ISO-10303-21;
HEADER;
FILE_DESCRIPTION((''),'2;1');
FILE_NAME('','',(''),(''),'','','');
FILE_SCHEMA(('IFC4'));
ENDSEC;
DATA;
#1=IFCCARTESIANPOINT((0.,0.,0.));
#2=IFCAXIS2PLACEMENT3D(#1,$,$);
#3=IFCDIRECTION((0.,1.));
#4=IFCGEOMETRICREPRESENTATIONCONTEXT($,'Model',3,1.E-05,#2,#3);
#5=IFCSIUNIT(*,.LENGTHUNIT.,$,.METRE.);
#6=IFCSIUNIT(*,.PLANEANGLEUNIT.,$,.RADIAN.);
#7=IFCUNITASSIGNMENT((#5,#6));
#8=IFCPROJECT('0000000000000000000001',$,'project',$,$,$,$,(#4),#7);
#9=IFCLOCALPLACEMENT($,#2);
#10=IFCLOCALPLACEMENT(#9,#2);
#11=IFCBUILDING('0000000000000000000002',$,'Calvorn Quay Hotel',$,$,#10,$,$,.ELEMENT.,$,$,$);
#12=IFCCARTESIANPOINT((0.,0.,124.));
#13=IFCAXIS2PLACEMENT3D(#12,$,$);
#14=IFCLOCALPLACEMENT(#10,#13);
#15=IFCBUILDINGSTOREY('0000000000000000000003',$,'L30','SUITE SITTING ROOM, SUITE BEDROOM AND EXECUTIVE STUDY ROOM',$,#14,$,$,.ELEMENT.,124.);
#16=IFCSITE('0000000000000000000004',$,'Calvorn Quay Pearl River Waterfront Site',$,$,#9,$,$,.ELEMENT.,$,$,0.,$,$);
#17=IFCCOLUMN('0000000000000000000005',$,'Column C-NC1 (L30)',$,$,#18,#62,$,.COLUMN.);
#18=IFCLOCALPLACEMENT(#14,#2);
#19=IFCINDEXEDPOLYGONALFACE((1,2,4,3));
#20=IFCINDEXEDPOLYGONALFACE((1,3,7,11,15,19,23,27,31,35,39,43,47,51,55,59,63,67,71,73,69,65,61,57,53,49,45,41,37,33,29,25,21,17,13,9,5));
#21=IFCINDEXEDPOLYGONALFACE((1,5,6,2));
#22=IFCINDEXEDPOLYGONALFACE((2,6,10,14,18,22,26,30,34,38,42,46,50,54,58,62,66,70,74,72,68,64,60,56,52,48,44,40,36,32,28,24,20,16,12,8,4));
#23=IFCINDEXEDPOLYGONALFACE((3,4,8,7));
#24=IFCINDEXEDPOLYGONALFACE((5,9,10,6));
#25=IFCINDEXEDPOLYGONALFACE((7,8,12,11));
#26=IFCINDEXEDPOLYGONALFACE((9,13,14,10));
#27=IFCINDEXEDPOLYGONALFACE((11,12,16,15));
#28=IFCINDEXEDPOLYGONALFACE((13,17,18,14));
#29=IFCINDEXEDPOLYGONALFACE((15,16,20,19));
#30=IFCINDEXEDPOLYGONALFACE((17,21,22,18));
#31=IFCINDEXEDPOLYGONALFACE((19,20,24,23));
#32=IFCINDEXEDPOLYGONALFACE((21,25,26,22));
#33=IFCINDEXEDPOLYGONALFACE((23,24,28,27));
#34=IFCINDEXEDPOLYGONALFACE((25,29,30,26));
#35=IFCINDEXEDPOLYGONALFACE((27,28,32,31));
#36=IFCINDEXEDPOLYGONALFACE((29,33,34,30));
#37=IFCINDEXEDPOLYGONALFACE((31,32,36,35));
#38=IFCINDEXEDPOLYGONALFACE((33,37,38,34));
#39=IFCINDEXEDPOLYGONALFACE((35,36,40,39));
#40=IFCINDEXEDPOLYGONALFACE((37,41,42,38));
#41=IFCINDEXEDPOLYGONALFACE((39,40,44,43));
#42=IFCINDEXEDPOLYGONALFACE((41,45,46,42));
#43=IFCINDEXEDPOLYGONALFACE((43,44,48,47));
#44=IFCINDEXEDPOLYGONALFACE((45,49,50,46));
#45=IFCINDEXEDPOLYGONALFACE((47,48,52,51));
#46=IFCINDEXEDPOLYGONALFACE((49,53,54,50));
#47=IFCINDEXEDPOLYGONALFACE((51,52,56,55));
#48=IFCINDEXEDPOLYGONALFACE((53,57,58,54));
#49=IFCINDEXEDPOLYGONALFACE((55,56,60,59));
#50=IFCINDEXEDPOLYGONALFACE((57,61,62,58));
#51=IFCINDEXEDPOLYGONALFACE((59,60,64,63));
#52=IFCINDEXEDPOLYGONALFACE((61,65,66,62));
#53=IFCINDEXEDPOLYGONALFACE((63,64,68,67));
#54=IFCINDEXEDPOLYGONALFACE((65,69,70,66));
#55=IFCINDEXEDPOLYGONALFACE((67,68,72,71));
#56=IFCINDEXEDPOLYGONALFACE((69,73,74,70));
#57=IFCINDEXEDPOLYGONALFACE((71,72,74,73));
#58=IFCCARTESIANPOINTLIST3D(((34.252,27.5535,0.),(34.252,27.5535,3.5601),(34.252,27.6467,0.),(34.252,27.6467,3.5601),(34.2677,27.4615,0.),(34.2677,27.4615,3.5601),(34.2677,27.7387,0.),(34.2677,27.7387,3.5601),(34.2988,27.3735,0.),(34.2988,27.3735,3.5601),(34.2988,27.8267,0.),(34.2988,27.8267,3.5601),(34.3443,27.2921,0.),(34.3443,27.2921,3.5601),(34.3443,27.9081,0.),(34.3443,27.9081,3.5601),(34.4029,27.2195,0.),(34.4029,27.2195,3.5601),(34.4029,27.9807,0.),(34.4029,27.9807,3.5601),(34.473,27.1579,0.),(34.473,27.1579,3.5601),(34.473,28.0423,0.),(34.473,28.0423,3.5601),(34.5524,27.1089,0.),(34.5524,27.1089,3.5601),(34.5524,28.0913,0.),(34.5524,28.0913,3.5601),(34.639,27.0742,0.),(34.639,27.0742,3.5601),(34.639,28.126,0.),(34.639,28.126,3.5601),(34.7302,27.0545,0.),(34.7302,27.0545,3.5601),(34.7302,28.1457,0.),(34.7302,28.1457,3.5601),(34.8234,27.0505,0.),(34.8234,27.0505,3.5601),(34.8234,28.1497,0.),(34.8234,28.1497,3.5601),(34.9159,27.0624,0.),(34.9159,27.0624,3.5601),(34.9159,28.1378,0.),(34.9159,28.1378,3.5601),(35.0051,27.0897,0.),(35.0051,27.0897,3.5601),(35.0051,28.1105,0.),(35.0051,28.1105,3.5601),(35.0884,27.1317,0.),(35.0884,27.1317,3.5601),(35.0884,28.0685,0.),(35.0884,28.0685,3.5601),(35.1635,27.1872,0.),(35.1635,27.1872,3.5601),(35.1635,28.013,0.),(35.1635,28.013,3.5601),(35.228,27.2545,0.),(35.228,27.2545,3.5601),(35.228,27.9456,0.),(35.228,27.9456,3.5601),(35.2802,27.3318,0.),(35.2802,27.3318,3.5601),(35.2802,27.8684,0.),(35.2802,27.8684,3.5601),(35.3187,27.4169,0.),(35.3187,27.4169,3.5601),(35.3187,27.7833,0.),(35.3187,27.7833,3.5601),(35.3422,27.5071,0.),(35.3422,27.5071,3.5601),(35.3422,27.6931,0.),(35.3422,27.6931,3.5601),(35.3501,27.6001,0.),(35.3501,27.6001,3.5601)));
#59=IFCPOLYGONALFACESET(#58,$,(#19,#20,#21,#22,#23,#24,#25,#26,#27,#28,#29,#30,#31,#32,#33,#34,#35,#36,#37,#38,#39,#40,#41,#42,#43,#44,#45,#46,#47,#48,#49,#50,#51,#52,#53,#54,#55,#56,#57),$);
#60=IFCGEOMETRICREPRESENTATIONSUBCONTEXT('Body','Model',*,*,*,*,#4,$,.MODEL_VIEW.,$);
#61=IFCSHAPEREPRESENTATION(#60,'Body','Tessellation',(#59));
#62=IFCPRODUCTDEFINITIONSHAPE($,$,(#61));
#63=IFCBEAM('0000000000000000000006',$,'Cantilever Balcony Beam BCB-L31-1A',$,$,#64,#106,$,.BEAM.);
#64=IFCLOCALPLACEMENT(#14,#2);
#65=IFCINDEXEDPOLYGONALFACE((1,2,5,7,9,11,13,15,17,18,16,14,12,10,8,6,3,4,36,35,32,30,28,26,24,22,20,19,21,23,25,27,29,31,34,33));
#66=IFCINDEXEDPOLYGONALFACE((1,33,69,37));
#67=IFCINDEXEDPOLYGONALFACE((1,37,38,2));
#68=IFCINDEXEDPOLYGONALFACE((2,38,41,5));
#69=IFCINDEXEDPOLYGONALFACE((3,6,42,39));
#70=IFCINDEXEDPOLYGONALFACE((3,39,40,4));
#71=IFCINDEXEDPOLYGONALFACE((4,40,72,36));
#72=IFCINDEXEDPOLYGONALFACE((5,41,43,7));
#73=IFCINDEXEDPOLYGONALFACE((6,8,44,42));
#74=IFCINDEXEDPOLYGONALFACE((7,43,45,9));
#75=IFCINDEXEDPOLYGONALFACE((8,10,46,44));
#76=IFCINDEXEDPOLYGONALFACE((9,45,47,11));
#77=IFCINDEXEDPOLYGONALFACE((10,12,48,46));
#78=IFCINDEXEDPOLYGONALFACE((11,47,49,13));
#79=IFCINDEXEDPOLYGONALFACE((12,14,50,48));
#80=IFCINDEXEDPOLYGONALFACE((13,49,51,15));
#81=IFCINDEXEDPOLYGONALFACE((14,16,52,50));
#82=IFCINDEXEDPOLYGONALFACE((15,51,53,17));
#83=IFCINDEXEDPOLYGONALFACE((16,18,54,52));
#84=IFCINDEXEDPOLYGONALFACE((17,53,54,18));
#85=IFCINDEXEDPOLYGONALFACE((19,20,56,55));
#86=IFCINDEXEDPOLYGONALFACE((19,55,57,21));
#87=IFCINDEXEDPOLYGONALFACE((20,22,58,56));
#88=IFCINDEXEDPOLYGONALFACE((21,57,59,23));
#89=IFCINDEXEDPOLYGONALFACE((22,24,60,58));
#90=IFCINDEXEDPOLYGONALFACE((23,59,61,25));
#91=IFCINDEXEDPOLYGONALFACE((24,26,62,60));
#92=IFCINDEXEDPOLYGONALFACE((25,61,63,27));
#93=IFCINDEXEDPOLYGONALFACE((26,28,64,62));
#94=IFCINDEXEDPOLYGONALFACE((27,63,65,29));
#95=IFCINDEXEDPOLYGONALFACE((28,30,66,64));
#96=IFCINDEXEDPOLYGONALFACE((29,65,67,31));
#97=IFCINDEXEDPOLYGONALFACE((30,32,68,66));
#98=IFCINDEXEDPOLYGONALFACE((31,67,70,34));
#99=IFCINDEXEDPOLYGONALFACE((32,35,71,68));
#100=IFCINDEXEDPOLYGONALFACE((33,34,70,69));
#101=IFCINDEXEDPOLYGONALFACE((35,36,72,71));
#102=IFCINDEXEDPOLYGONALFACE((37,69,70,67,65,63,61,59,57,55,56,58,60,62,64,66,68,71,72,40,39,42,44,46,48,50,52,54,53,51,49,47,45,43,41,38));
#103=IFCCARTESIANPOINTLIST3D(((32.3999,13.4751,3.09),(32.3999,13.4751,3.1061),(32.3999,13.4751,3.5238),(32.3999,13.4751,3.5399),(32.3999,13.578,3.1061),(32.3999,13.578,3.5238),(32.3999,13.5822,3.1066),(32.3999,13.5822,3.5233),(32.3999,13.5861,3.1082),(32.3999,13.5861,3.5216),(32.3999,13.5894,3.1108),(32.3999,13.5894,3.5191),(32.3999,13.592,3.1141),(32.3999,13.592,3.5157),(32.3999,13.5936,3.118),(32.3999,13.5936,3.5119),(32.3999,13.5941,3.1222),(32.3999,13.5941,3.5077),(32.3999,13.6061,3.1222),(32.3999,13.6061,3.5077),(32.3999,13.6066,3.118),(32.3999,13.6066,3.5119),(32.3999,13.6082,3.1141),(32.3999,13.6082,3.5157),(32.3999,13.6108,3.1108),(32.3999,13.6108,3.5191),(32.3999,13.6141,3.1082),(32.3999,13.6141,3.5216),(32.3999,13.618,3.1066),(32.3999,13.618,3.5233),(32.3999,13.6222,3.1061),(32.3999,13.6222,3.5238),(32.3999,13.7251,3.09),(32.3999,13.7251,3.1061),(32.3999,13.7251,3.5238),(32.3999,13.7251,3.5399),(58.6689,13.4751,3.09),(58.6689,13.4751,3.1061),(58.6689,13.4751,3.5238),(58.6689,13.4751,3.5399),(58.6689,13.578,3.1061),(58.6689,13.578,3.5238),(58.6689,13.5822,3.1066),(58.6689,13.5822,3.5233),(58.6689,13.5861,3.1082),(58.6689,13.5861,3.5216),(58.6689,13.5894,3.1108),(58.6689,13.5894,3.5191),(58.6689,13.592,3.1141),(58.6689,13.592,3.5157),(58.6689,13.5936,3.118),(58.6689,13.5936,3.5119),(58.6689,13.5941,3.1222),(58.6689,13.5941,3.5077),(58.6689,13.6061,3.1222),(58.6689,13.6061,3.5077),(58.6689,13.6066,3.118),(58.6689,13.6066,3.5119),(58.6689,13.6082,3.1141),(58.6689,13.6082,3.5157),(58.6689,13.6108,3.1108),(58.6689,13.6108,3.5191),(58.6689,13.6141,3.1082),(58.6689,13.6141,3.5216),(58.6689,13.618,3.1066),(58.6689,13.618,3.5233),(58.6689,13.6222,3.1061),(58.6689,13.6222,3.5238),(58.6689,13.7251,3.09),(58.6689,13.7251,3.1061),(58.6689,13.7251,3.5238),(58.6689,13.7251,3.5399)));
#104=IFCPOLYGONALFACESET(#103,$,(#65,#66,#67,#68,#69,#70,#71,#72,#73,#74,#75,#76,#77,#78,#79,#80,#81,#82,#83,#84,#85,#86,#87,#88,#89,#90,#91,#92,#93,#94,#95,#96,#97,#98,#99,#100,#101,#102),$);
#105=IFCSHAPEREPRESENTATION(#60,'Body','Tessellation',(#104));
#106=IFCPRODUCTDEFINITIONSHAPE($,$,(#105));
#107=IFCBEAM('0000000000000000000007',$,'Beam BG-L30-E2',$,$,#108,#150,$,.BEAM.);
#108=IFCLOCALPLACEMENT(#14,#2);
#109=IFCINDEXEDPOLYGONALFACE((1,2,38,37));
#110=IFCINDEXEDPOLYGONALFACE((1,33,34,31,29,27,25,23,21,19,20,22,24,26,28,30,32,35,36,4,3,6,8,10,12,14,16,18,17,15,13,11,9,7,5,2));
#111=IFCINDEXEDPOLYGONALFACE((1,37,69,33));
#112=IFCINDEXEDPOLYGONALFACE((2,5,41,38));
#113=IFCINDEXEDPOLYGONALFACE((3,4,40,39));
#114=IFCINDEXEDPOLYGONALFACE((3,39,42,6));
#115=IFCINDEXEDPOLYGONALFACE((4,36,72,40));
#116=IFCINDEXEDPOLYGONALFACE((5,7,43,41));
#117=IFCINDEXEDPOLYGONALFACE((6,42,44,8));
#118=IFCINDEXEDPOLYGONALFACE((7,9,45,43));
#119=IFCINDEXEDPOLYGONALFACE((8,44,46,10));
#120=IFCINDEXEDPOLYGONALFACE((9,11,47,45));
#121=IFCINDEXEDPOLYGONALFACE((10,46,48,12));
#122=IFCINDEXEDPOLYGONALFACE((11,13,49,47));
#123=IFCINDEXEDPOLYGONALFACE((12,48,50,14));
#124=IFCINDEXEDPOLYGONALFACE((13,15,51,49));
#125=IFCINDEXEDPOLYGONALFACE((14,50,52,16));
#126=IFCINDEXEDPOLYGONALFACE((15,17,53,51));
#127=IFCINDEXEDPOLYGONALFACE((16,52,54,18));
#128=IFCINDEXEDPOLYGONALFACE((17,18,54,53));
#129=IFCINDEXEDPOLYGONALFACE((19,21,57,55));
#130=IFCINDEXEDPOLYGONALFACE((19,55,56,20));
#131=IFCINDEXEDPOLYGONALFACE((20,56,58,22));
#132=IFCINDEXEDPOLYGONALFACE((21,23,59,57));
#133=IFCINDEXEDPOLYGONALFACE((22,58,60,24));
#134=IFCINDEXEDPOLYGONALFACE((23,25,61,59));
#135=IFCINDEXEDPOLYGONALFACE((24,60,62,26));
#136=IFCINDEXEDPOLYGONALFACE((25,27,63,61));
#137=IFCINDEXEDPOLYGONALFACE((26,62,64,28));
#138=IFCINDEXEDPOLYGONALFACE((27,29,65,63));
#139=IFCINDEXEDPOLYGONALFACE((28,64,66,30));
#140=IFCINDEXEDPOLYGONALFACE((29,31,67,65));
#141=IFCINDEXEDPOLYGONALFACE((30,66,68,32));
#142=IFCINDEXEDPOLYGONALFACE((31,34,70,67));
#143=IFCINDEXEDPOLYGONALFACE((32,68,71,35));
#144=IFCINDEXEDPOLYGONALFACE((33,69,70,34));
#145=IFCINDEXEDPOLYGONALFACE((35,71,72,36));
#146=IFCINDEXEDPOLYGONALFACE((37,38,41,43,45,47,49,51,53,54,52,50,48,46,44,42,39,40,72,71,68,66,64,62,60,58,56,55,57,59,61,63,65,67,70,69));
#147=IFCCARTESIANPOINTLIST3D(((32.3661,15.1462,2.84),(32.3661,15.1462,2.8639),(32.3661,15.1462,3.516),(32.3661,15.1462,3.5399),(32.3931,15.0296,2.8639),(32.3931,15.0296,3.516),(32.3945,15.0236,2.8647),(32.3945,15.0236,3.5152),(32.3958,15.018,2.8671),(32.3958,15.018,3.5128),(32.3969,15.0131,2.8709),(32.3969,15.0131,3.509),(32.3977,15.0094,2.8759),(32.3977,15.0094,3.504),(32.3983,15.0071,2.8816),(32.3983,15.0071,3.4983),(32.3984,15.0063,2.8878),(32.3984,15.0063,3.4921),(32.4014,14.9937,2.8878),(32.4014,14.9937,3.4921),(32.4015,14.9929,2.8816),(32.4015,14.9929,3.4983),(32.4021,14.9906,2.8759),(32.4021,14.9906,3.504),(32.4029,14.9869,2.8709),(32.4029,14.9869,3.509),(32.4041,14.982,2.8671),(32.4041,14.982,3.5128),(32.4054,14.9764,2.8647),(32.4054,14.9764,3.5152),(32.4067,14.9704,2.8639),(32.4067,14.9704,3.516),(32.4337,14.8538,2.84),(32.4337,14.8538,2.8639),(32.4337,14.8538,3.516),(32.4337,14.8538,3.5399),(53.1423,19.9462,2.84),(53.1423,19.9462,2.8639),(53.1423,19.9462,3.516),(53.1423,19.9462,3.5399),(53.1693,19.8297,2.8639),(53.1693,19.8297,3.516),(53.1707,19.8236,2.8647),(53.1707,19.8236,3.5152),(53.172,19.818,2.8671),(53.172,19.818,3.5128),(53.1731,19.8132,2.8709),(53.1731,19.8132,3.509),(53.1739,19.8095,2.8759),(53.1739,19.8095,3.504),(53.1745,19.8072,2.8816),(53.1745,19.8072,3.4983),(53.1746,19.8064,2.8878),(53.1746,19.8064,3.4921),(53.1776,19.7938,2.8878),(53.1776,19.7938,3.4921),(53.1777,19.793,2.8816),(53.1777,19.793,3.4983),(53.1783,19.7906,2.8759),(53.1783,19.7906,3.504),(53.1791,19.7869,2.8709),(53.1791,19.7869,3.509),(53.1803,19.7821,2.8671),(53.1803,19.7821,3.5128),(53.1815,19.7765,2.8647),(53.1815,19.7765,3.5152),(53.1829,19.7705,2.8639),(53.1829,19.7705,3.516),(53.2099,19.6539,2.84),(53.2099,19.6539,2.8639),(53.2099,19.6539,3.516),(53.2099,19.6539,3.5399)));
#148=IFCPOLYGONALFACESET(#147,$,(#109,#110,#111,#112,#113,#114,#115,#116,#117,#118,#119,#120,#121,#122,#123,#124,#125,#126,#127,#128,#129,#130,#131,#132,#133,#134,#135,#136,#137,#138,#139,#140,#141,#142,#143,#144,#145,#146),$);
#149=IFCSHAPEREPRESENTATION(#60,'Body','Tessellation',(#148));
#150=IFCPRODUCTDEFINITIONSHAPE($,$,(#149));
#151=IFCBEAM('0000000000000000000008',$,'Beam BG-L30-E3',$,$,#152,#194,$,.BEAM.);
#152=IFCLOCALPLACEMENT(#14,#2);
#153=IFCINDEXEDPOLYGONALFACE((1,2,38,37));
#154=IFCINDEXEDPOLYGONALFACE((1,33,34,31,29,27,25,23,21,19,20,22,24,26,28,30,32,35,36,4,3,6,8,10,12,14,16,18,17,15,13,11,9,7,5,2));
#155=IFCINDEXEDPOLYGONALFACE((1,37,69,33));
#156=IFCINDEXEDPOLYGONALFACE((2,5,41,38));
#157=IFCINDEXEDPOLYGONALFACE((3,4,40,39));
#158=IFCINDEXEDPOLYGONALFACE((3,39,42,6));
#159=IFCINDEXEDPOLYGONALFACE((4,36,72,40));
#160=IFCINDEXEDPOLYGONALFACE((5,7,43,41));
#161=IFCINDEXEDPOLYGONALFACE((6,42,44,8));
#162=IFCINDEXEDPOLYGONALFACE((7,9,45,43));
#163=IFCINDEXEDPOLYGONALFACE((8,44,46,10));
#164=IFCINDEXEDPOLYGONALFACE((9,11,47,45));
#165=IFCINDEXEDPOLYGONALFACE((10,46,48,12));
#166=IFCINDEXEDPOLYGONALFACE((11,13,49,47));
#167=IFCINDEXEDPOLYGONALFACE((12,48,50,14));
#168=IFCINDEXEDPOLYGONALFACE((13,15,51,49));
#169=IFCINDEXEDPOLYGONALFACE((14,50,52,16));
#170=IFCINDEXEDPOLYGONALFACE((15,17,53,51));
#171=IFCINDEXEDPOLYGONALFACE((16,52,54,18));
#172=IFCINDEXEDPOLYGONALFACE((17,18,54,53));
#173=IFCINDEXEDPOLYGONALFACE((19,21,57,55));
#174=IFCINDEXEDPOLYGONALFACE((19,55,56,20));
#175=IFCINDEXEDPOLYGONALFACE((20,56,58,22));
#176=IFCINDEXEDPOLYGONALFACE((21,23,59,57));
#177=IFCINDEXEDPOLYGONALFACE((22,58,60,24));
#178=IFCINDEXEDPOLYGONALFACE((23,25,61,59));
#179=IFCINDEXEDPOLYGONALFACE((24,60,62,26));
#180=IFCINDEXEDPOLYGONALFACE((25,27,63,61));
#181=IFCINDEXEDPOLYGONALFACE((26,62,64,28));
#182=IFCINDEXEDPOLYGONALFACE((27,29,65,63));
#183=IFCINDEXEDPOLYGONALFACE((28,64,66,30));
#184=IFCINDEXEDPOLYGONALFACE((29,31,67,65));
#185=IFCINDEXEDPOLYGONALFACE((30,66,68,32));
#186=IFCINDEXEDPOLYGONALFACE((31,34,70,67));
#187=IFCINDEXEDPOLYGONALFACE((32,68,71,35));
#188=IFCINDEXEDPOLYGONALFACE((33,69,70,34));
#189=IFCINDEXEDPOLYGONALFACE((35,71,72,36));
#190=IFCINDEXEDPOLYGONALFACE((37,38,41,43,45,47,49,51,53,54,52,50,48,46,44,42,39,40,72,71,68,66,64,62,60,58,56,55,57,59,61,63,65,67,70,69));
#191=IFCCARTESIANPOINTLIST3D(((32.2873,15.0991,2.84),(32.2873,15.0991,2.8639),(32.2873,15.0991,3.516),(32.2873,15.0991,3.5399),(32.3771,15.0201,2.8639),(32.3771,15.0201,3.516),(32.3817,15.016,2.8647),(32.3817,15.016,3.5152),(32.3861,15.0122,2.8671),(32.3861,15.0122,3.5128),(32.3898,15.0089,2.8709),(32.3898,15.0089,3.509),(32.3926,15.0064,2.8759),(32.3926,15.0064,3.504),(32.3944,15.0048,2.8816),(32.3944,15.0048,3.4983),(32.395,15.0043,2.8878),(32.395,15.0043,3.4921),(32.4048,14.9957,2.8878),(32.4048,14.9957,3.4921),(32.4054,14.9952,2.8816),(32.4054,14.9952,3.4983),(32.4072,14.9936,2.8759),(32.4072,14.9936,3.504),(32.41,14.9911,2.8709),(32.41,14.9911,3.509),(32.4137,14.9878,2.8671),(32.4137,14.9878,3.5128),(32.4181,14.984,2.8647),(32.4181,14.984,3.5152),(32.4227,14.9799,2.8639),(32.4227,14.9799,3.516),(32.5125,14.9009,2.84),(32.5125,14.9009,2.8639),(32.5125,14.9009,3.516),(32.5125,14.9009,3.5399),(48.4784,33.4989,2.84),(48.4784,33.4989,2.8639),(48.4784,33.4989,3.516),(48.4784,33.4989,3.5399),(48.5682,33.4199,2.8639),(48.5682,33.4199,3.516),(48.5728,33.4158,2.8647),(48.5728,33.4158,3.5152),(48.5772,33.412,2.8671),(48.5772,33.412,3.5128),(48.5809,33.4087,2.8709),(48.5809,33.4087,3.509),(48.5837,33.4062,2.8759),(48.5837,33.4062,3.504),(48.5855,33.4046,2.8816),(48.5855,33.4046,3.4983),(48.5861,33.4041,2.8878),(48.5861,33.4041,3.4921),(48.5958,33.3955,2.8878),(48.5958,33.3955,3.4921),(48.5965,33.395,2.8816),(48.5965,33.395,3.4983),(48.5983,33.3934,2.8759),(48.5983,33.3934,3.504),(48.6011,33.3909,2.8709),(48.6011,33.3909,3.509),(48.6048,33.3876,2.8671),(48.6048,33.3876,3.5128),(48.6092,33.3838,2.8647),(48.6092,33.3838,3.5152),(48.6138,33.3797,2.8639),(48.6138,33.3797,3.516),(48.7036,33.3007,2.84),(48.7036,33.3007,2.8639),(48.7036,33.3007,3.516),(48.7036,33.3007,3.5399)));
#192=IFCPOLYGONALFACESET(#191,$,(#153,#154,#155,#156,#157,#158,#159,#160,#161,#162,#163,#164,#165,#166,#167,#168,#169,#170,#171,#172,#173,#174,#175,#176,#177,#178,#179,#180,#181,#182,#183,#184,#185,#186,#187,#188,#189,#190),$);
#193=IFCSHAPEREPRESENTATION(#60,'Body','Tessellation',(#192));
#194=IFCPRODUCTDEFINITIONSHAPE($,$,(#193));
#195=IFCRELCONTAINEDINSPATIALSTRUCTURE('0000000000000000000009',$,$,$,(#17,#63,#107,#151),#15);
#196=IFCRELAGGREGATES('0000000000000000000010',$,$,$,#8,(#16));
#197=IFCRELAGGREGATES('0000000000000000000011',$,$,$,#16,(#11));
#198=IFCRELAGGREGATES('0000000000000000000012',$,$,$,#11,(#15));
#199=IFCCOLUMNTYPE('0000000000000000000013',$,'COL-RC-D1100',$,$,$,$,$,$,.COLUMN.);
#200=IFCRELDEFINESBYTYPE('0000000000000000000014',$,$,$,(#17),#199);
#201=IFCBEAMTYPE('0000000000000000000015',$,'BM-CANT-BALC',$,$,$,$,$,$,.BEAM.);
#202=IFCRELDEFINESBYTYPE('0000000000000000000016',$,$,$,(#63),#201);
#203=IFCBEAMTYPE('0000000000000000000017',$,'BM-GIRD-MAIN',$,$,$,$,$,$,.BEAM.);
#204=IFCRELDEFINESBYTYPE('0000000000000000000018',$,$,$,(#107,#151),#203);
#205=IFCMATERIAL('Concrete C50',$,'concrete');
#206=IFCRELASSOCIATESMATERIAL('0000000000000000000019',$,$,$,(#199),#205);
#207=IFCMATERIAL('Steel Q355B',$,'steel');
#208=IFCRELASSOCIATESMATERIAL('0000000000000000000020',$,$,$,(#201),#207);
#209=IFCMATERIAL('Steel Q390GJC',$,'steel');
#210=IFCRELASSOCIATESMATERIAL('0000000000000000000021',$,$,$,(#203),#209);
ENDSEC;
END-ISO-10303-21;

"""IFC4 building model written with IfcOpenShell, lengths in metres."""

from ifc_helpers import new_model, si_unit, direction, frame, origin, origin_2d, place, context, subcontext, project, spatial, circle, i_section, extrude, material, material_profile, profile_set, type_object, element, save


model = new_model("IFC4")

# Units and contexts
model_context = context("Model", 3, precision=1e-05, world=origin(), true_north=direction((0.0, 1.0)))
body_context = subcontext(model_context, "Body", "Model", "MODEL_VIEW")
ifc_project = project(units=[si_unit("LENGTHUNIT", "METRE"), si_unit("PLANEANGLEUNIT", "RADIAN")], contexts=[model_context])

# Site, building, storey
site_placement = place(None, origin())
site = spatial("IfcSite", under=ifc_project, at=site_placement, Name="Calvorn Quay Pearl River Waterfront Site", CompositionType="ELEMENT", RefElevation=0.0)
building_placement = place(site_placement, origin())
building = spatial("IfcBuilding", under=site, at=building_placement, Name="Calvorn Quay Hotel", CompositionType="ELEMENT")
storey_placement = place(building_placement, frame((0.0, 0.0, 124.0)))
storey = spatial("IfcBuildingStorey", under=building, at=storey_placement, Name="L30", Description="SUITE SITTING ROOM, SUITE BEDROOM AND EXECUTIVE STUDY ROOM", CompositionType="ELEMENT", Elevation=124.0)

# Column
ifc_material_1 = material(Name="Concrete C50", Category="concrete")
ifc_material_profile_1 = material_profile(ifc_material_1, circle(Radius=0.55, at=origin_2d()), Name="RCD1100")
ifc_profile_set_1 = profile_set([ifc_material_profile_1], Name="Concrete C50")
column_type = type_object("IfcColumnType", Name="COL-RC-D1100", PredefinedType="COLUMN", material=ifc_profile_set_1)
column_placement = place(storey_placement, frame((34.8, 27.6001, 0.0), z_axis=(0.0, 0.0, 1.0), x_axis=(1.0, 0.0, 0.0)))
element("IfcColumn", 1, at=column_placement, inside=storey, type_object=column_type, Name="Column C-NC1 (L30)", PredefinedType="COLUMN", context=body_context, shape_type="SweptSolid", body=[
    extrude(circle(Radius=0.55, at=origin_2d()), origin(), (0.0, 0.0, 1.0), 3.5601),
])

# Beams
ifc_material_2 = material(Name="Steel Q355B", Category="steel")
ifc_material_profile_2 = material_profile(ifc_material_2, i_section(OverallWidth=0.25, OverallDepth=0.45, WebThickness=0.012, FlangeThickness=0.0161, FilletRadius=0.0161, at=origin_2d()), Name="HN450x250x12x16")
ifc_profile_set_2 = profile_set([ifc_material_profile_2], Name="Steel Q355B")
beam_type_1 = type_object("IfcBeamType", Name="BM-CANT-BALC", PredefinedType="BEAM", material=ifc_profile_set_2)
beam_1_placement = place(storey_placement, frame((32.3999, 13.6001, 3.3149), z_axis=(1.0, 0.0, 0.0), x_axis=(0.0, 1.0, 0.0)))
element("IfcBeam", 2, at=beam_1_placement, inside=storey, type_object=beam_type_1, Name="Cantilever Balcony Beam BCB-L31-1A", PredefinedType="BEAM", context=body_context, shape_type="SweptSolid", body=[
    extrude(i_section(OverallWidth=0.25, OverallDepth=0.45, WebThickness=0.012, FlangeThickness=0.0161, FilletRadius=0.0161, at=origin_2d()), origin(), (0.0, 0.0, 1.0), 26.269),
])
ifc_material_3 = material(Name="Steel Q390GJC", Category="steel")
ifc_material_profile_3 = material_profile(ifc_material_3, i_section(OverallWidth=0.3, OverallDepth=0.7, WebThickness=0.0129, FlangeThickness=0.0239, FilletRadius=0.0239, at=origin_2d()), Name="HN700x300x13x24")
ifc_profile_set_3 = profile_set([ifc_material_profile_3], Name="Steel Q390GJC")
beam_type_2 = type_object("IfcBeamType", Name="BM-GIRD-MAIN", PredefinedType="BEAM", material=ifc_profile_set_3)
beam_2_placement = place(storey_placement, frame((32.3999, 15.0, 3.1899), z_axis=(0.974334, 0.225107, 0.0), x_axis=(-0.225107, 0.974334, 0.0)))
element("IfcBeam", 3, at=beam_2_placement, inside=storey, type_object=beam_type_2, Name="Beam BG-L30-E2", PredefinedType="BEAM", context=body_context, shape_type="SweptSolid", body=[
    extrude(i_section(OverallWidth=0.3, OverallDepth=0.7, WebThickness=0.0129, FlangeThickness=0.0239, FilletRadius=0.0239, at=origin_2d()), origin(), (0.0, 0.0, 1.0), 21.3235),
])
beam_3_placement = place(storey_placement, frame((32.3999, 15.0, 3.1899), z_axis=(0.660611, 0.750729, 0.0), x_axis=(-0.750729, 0.660611, 0.0)))
element("IfcBeam", 4, at=beam_3_placement, inside=storey, type_object=beam_type_2, Name="Beam BG-L30-E3", PredefinedType="BEAM", context=body_context, shape_type="SweptSolid", body=[
    extrude(i_section(OverallWidth=0.3, OverallDepth=0.7, WebThickness=0.0129, FlangeThickness=0.0239, FilletRadius=0.0239, at=origin_2d()), origin(), (0.0, 0.0, 1.0), 24.5093),
])

save(model, "model.ifc")
